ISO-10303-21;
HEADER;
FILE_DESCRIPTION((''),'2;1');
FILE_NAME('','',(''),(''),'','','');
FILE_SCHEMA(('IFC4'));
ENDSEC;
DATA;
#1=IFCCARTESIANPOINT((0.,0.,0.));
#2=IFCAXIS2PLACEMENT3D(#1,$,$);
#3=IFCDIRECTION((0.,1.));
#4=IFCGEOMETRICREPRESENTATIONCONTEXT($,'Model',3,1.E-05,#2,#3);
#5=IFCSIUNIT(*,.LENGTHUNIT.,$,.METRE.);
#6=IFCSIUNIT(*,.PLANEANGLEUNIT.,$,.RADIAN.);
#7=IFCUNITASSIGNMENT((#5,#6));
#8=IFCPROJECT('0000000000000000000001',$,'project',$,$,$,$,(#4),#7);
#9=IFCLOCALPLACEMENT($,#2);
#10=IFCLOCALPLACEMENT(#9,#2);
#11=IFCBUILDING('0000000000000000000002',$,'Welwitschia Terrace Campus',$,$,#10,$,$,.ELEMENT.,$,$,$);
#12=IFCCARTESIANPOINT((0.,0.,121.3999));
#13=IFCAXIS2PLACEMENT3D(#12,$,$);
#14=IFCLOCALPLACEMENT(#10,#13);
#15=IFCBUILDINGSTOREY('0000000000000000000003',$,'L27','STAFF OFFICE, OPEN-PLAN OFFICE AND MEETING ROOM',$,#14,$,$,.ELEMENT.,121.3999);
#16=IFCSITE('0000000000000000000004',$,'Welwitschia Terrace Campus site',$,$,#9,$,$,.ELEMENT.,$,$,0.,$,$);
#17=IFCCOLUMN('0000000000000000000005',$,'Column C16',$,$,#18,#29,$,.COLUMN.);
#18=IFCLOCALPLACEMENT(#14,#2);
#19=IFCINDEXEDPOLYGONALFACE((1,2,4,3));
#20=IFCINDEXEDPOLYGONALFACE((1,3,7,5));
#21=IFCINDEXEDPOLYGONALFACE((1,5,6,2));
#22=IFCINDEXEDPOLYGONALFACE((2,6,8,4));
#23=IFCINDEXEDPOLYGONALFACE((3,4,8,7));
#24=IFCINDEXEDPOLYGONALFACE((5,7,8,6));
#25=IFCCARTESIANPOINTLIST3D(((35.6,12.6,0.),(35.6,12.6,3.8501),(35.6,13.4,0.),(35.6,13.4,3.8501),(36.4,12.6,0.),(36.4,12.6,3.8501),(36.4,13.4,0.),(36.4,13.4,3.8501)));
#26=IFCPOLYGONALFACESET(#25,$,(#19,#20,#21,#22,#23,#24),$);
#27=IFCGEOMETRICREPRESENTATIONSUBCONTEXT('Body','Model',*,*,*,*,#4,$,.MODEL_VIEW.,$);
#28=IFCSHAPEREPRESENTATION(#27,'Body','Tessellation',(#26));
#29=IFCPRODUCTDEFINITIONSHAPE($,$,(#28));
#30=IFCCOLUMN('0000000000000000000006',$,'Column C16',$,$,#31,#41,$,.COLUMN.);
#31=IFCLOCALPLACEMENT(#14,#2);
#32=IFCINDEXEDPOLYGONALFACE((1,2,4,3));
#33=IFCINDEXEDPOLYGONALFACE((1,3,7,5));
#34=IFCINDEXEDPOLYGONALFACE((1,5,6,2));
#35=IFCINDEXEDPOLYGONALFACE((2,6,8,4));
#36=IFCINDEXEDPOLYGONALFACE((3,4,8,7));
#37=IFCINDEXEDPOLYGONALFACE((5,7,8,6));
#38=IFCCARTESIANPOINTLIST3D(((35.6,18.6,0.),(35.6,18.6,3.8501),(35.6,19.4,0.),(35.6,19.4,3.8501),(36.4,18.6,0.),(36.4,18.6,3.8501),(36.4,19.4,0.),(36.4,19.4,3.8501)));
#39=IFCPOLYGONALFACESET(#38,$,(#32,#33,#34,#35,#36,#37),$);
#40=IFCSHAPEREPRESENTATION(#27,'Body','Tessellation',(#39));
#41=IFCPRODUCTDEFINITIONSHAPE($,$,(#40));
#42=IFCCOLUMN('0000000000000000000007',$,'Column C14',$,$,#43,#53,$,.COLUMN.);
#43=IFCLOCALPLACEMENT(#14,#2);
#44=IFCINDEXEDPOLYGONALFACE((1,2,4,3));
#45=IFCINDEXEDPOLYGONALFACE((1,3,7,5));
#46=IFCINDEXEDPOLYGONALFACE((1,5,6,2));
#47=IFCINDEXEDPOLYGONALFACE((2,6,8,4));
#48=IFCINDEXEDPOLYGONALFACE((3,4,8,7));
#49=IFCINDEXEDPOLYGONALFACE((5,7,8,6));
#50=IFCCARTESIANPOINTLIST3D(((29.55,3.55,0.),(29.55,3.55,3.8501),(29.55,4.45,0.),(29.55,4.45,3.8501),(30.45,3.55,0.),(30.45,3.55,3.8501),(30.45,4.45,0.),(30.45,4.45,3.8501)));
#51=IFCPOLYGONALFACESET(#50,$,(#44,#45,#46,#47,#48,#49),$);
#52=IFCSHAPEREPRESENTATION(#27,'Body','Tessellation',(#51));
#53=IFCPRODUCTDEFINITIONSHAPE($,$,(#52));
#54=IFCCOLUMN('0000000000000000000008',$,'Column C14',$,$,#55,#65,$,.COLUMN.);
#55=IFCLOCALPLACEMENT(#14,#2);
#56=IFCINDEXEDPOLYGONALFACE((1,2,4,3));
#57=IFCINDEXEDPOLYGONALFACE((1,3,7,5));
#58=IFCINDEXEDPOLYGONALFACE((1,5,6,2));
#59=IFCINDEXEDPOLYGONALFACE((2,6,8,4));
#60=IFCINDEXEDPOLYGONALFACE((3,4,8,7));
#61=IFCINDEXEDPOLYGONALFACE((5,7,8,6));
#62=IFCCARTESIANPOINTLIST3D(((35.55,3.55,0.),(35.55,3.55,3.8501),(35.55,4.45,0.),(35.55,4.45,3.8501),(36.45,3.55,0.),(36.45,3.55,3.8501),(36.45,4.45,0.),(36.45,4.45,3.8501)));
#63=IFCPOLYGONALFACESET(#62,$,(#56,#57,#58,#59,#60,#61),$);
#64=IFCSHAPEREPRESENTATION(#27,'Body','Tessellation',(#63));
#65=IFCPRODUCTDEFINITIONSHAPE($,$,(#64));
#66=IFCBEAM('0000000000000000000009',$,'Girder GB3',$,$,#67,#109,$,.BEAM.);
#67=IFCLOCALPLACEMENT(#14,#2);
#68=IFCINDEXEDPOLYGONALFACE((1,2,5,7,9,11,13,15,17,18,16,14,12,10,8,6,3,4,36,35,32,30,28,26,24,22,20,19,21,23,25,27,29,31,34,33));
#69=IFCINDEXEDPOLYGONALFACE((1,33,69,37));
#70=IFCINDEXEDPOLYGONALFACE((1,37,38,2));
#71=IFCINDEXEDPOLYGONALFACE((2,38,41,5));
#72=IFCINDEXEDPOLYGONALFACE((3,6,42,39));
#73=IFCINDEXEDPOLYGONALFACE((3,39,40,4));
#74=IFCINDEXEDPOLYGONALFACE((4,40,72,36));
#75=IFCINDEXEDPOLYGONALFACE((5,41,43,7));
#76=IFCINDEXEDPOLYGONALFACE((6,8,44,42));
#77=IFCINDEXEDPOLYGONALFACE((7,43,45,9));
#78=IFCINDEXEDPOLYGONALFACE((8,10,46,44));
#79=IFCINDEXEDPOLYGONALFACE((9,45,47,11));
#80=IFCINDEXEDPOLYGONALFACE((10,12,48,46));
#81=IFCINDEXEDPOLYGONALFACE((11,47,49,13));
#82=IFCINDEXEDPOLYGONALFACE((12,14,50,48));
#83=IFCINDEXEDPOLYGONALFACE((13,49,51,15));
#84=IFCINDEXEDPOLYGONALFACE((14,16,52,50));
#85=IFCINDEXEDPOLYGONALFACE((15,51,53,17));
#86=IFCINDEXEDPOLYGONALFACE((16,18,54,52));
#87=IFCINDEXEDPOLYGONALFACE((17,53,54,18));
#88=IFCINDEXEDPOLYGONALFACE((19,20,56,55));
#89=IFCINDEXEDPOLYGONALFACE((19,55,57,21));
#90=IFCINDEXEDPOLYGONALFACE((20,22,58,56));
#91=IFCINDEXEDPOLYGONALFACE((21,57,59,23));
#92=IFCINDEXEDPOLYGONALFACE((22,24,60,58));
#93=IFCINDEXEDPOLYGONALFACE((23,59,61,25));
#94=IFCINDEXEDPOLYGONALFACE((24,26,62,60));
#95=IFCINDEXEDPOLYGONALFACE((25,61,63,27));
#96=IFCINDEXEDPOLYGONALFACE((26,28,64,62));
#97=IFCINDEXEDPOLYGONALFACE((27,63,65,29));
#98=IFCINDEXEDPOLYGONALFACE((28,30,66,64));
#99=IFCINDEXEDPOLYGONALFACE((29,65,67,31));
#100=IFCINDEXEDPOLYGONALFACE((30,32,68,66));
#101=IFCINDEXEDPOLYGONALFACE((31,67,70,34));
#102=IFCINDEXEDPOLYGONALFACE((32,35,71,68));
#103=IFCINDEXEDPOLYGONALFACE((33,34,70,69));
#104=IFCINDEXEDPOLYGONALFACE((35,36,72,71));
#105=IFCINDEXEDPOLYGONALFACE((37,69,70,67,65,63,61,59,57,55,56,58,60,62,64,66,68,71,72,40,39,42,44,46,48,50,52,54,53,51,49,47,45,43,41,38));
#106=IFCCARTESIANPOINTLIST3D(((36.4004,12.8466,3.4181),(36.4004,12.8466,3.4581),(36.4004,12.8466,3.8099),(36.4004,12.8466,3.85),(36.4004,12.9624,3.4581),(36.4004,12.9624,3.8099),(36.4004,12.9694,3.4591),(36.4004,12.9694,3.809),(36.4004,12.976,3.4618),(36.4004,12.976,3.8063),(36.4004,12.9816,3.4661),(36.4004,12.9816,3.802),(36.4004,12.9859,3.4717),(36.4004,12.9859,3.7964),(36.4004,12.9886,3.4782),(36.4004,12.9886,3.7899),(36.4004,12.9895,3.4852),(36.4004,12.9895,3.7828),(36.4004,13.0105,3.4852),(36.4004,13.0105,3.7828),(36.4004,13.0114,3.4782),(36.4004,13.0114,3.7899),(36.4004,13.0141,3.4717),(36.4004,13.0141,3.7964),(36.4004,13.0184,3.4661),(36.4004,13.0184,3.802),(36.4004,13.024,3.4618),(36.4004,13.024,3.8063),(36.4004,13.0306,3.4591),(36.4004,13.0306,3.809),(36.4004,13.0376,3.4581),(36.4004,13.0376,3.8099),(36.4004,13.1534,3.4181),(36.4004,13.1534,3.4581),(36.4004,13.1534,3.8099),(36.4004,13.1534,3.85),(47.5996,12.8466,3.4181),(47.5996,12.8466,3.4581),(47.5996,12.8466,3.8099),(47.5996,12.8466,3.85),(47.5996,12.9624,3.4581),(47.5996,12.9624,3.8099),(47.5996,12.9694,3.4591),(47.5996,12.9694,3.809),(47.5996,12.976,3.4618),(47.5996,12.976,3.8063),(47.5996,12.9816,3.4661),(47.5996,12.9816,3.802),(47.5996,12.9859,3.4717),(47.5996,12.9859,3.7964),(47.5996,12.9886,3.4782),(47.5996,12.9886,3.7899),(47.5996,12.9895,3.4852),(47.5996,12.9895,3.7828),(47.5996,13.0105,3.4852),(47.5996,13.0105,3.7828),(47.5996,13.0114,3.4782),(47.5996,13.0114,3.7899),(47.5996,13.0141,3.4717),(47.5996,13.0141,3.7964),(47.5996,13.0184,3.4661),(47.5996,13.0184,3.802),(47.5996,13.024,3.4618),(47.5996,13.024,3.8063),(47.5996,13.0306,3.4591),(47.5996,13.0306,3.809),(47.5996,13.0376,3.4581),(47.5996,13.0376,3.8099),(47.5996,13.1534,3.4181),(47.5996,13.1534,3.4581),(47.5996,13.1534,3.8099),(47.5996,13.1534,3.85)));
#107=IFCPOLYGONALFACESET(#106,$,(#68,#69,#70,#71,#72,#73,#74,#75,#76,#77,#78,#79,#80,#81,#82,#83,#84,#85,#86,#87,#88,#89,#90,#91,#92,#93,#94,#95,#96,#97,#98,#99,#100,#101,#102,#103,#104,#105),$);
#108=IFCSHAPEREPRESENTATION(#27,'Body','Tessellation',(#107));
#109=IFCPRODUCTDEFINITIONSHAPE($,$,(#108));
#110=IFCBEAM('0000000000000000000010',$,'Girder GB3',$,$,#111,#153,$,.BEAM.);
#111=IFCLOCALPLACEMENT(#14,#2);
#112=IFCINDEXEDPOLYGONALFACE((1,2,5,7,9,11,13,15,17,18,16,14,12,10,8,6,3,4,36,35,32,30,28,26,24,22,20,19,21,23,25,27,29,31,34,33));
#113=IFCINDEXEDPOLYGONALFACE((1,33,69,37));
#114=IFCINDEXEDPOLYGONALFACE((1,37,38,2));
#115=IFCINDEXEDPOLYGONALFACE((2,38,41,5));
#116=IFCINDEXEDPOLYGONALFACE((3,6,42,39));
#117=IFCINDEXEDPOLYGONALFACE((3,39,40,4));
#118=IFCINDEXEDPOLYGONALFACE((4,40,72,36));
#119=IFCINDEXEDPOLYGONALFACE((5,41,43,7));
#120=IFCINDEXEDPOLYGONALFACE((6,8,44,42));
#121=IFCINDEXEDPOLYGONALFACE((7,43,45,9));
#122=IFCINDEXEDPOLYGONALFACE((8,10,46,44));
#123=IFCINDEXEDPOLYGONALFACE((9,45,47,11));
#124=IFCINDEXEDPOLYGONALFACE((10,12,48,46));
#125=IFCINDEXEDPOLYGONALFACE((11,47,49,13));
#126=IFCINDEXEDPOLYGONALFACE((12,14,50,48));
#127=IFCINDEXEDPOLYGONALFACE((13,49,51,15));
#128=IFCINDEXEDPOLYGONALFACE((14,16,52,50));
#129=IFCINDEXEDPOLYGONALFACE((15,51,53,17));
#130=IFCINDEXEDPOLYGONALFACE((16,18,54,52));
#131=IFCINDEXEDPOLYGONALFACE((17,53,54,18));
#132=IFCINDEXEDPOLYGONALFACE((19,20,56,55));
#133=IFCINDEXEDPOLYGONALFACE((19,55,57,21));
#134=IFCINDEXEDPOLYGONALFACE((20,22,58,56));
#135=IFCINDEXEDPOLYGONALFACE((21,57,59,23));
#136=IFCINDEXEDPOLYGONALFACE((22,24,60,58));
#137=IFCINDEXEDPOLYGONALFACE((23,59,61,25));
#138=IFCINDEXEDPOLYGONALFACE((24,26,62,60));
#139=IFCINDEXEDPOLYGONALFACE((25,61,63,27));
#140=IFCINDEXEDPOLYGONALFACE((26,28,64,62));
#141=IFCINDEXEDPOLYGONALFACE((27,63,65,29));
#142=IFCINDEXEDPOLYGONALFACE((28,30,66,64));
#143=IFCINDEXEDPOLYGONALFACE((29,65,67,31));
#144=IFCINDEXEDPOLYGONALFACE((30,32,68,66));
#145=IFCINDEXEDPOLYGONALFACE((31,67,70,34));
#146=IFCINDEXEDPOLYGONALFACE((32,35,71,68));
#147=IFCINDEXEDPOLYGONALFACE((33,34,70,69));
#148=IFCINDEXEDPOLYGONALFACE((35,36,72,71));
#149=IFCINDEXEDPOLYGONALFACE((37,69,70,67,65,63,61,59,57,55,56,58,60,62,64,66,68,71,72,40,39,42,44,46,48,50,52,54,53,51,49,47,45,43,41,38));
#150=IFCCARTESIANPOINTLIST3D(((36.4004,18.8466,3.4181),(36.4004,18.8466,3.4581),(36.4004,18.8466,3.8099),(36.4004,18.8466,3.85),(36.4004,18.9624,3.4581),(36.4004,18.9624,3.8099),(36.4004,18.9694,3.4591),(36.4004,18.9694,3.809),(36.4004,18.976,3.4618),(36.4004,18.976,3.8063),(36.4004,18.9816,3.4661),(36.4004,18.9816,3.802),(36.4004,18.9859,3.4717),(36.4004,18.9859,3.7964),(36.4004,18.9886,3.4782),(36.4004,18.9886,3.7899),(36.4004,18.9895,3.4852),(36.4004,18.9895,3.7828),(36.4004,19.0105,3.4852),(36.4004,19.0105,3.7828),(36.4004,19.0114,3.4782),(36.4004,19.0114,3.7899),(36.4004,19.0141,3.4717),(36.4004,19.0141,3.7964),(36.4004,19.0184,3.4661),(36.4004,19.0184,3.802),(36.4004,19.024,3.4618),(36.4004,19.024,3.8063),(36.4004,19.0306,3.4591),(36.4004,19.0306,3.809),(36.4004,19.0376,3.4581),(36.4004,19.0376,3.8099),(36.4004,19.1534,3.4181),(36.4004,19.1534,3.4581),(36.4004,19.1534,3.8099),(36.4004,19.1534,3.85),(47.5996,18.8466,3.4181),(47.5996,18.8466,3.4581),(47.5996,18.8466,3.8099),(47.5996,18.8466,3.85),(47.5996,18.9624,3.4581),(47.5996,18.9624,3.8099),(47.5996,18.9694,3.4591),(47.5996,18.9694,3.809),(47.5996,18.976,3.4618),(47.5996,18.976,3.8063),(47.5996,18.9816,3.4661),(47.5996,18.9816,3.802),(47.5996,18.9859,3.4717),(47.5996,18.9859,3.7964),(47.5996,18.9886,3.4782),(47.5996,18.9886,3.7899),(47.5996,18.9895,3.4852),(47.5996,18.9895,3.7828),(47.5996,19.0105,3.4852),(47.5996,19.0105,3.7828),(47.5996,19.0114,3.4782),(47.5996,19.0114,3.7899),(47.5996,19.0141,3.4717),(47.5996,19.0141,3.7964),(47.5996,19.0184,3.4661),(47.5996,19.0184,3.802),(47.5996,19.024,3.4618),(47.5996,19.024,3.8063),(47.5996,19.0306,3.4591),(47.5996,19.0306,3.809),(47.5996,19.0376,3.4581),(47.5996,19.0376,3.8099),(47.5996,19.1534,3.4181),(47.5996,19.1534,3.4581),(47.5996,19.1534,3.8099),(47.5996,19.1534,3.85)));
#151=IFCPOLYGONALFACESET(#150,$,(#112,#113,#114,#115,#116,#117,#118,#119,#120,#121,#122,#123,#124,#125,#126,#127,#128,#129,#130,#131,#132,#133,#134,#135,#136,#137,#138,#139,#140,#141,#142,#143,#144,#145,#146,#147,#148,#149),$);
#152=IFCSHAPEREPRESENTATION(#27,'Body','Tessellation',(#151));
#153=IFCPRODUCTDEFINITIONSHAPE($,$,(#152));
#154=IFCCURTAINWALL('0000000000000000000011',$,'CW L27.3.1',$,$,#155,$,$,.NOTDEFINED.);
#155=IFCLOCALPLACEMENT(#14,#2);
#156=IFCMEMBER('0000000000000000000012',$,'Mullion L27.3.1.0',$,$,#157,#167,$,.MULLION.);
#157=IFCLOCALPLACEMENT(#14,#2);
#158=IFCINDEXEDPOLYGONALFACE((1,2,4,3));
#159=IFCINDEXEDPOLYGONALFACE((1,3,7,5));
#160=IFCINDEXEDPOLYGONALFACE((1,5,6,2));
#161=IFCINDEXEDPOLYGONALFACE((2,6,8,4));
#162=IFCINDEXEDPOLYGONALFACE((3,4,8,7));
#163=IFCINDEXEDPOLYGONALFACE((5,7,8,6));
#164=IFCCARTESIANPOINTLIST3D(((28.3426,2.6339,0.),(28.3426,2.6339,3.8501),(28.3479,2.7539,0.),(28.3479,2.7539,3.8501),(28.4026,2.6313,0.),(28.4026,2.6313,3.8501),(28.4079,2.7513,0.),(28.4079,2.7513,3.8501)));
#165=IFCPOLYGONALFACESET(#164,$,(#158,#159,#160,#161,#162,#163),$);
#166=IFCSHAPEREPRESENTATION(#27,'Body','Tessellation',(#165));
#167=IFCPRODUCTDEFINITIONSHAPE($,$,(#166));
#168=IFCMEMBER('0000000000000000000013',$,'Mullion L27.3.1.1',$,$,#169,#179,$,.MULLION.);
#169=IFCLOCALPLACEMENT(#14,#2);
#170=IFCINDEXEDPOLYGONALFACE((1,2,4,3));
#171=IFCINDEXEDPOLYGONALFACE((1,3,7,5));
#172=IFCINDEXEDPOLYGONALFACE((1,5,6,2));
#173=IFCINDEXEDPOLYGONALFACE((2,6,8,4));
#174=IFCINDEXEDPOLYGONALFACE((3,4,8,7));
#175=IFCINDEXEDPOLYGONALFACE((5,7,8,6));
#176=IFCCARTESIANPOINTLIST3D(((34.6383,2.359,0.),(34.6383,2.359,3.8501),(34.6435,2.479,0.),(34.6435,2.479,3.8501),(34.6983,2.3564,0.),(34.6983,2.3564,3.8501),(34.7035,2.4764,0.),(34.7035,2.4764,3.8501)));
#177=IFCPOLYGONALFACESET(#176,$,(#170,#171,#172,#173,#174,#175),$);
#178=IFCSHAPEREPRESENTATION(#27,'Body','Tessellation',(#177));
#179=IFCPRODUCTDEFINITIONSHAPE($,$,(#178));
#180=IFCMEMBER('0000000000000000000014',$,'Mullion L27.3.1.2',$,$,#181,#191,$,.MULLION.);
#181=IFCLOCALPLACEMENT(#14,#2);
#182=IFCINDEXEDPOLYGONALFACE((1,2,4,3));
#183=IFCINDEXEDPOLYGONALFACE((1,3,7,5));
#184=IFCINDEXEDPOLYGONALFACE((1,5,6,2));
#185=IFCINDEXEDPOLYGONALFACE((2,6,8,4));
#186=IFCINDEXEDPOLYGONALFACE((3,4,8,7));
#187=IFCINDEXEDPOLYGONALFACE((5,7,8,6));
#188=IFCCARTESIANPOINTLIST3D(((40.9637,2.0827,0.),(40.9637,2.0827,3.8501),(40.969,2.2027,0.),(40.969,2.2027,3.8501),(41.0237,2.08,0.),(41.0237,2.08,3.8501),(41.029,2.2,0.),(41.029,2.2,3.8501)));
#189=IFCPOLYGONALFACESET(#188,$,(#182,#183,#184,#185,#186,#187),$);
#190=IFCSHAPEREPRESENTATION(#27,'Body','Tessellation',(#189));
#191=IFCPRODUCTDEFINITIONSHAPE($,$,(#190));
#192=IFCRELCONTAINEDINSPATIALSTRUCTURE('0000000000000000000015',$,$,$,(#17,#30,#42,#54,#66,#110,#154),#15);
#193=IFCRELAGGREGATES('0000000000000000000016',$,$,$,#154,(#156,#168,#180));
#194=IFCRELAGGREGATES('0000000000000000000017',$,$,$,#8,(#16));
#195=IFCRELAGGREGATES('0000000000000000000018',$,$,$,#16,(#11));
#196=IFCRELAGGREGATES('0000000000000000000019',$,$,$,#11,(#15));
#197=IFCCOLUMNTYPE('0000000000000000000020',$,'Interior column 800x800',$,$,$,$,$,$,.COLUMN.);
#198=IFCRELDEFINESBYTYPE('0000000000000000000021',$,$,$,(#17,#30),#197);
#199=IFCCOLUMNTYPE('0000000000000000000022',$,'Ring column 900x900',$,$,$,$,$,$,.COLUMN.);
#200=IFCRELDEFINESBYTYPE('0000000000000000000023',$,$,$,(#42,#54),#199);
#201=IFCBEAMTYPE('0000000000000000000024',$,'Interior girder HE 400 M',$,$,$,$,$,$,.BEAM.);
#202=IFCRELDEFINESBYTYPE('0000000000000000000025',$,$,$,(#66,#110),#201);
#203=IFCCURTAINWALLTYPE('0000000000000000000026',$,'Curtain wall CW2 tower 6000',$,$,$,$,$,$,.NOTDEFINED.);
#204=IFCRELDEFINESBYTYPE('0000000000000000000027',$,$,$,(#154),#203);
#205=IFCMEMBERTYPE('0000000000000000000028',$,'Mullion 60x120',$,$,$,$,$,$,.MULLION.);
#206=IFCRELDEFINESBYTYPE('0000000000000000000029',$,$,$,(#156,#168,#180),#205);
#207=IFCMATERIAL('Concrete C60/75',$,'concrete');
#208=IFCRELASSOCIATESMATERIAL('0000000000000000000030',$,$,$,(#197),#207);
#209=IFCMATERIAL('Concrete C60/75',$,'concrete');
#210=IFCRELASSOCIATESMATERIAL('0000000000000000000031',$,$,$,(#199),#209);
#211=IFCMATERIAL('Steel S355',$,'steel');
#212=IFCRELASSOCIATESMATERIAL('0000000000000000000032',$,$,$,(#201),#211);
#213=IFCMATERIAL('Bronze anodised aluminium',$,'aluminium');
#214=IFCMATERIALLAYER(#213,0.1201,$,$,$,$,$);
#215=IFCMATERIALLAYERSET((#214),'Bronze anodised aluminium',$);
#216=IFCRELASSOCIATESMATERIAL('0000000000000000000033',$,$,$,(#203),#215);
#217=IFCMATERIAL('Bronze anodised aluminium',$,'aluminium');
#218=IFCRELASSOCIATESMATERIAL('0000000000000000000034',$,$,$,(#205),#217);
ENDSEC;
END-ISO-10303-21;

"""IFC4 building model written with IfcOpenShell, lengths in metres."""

from ifc_helpers import new_model, si_unit, direction, frame, origin, origin_2d, place, context, subcontext, project, spatial, rectangle, i_section, extrude, material, layer, layer_set, material_profile, profile_set, type_object, element, aggregate, save


model = new_model("IFC4")

# Units and contexts
model_context = context("Model", 3, precision=1e-05, world=origin(), true_north=direction((0.0, 1.0)))
body_context = subcontext(model_context, "Body", "Model", "MODEL_VIEW")
ifc_project = project(units=[si_unit("LENGTHUNIT", "METRE"), si_unit("PLANEANGLEUNIT", "RADIAN")], contexts=[model_context])

# Site, building, storey
site_placement = place(None, origin())
site = spatial("IfcSite", under=ifc_project, at=site_placement, Name="Welwitschia Terrace Campus site", CompositionType="ELEMENT", RefElevation=0.0)
building_placement = place(site_placement, origin())
building = spatial("IfcBuilding", under=site, at=building_placement, Name="Welwitschia Terrace Campus", CompositionType="ELEMENT")
storey_placement = place(building_placement, frame((0.0, 0.0, 121.3999)))
storey = spatial("IfcBuildingStorey", under=building, at=storey_placement, Name="L27", Description="STAFF OFFICE, OPEN-PLAN OFFICE AND MEETING ROOM", CompositionType="ELEMENT", Elevation=121.3999)

# Columns
ifc_material_1 = material(Name="Concrete C60/75", Category="concrete")
ifc_material_profile_1 = material_profile(ifc_material_1, rectangle(XDim=0.8, YDim=0.8, at=origin_2d()))
ifc_profile_set_1 = profile_set([ifc_material_profile_1], Name="Concrete C60/75")
column_type_1 = type_object("IfcColumnType", Name="Interior column 800x800", PredefinedType="COLUMN", material=ifc_profile_set_1)
for number, where, z_axis, x_axis, name in (
    (1, (36.0, 13.0, 0.0), (0.0, 0.0, 1.0), (1.0, 0.0, 0.0), "Column C16"),
    (2, (36.0, 19.0, 0.0), (0.0, 0.0, 1.0), (1.0, 0.0, 0.0), "Column C16"),
):
    element("IfcColumn", number, at=place(storey_placement, frame(where, z_axis=z_axis, x_axis=x_axis)), inside=storey, type_object=column_type_1, Name=name, PredefinedType="COLUMN", context=body_context, shape_type="SweptSolid", body=[
        extrude(rectangle(XDim=0.8, YDim=0.8, at=origin_2d()), origin(), (0.0, 0.0, 1.0), 3.8501),
    ])
ifc_material_2 = material(Name="Concrete C60/75", Category="concrete")
ifc_material_profile_2 = material_profile(ifc_material_2, rectangle(XDim=0.8999, YDim=0.8999, at=origin_2d()))
ifc_profile_set_2 = profile_set([ifc_material_profile_2], Name="Concrete C60/75")
column_type_2 = type_object("IfcColumnType", Name="Ring column 900x900", PredefinedType="COLUMN", material=ifc_profile_set_2)
for number, where, z_axis, x_axis, name in (
    (3, (30.0, 4.0, 0.0), (0.0, 0.0, 1.0), (1.0, 0.0, 0.0), "Column C14"),
    (4, (36.0, 4.0, 0.0), (0.0, 0.0, 1.0), (1.0, 0.0, 0.0), "Column C14"),
):
    element("IfcColumn", number, at=place(storey_placement, frame(where, z_axis=z_axis, x_axis=x_axis)), inside=storey, type_object=column_type_2, Name=name, PredefinedType="COLUMN", context=body_context, shape_type="SweptSolid", body=[
        extrude(rectangle(XDim=0.8999, YDim=0.8999, at=origin_2d()), origin(), (0.0, 0.0, 1.0), 3.8501),
    ])

# Beams
ifc_material_3 = material(Name="Steel S355", Category="steel")
ifc_material_profile_3 = material_profile(ifc_material_3, i_section(OverallWidth=0.3069, OverallDepth=0.4319, WebThickness=0.021, FlangeThickness=0.04, FilletRadius=0.0271, at=origin_2d()))
ifc_profile_set_3 = profile_set([ifc_material_profile_3], Name="Steel S355")
beam_type_1 = type_object("IfcBeamType", Name="Interior girder HE 400 M", PredefinedType="BEAM", material=ifc_profile_set_3)
for number, where, z_axis, x_axis, name in (
    (5, (36.4004, 13.0, 3.634), (1.0, 0.0, 0.0), (0.0, 1.0, 0.0), "Girder GB3"),
    (6, (36.4004, 19.0, 3.634), (1.0, 0.0, 0.0), (0.0, 1.0, 0.0), "Girder GB3"),
):
    element("IfcBeam", number, at=place(storey_placement, frame(where, z_axis=z_axis, x_axis=x_axis)), inside=storey, type_object=beam_type_1, Name=name, PredefinedType="BEAM", context=body_context, shape_type="SweptSolid", body=[
        extrude(i_section(OverallWidth=0.3069, OverallDepth=0.4319, WebThickness=0.021, FlangeThickness=0.04, FilletRadius=0.0271, at=origin_2d()), origin(), (0.0, 0.0, 1.0), 11.1992),
    ])

# Curtain wall, members
ifc_material_4 = material(Name="Bronze anodised aluminium", Category="aluminium")
ifc_layer_1 = layer(ifc_material_4, 0.1201)
ifc_layer_set_1 = layer_set([ifc_layer_1], Name="Bronze anodised aluminium")
curtain_wall_type = type_object("IfcCurtainWallType", Name="Curtain wall CW2 tower 6000", PredefinedType="NOTDEFINED", material=ifc_layer_set_1)
curtain_wall_placement = place(storey_placement, origin())
curtain_wall = element("IfcCurtainWall", 7, at=curtain_wall_placement, inside=storey, type_object=curtain_wall_type, Name="CW L27.3.1", PredefinedType="NOTDEFINED")
ifc_material_5 = material(Name="Bronze anodised aluminium", Category="aluminium")
ifc_material_profile_4 = material_profile(ifc_material_5, rectangle(XDim=0.1201, YDim=0.0601, at=origin_2d()))
ifc_profile_set_4 = profile_set([ifc_material_profile_4], Name="Bronze anodised aluminium")
member_type_1 = type_object("IfcMemberType", Name="Mullion 60x120", PredefinedType="MULLION", material=ifc_profile_set_4)
member_1_placement = place(storey_placement, frame((28.3752, 2.6926, 0.0), z_axis=(0.0, 0.0, 1.0), x_axis=(0.043619, 0.999048, 0.0)))
member_1 = element("IfcMember", 8, at=member_1_placement, type_object=member_type_1, Name="Mullion L27.3.1.0", PredefinedType="MULLION", context=body_context, shape_type="SweptSolid", body=[
    extrude(rectangle(XDim=0.1201, YDim=0.0601, at=origin_2d()), origin(), (0.0, 0.0, 1.0), 3.8501),
])
member_2_placement = place(storey_placement, frame((34.6709, 2.4177, 0.0), z_axis=(0.0, 0.0, 1.0), x_axis=(0.043619, 0.999048, 0.0)))
member_2 = element("IfcMember", 9, at=member_2_placement, type_object=member_type_1, Name="Mullion L27.3.1.1", PredefinedType="MULLION", context=body_context, shape_type="SweptSolid", body=[
    extrude(rectangle(XDim=0.1201, YDim=0.0601, at=origin_2d()), origin(), (0.0, 0.0, 1.0), 3.8501),
])
member_3_placement = place(storey_placement, frame((40.9963, 2.1414, 0.0), z_axis=(0.0, 0.0, 1.0), x_axis=(0.043619, 0.999048, 0.0)))
member_3 = element("IfcMember", 10, at=member_3_placement, type_object=member_type_1, Name="Mullion L27.3.1.2", PredefinedType="MULLION", context=body_context, shape_type="SweptSolid", body=[
    extrude(rectangle(XDim=0.1201, YDim=0.0601, at=origin_2d()), origin(), (0.0, 0.0, 1.0), 3.8501),
])

aggregate(curtain_wall, [member_1, member_2, member_3])

save(model, "model.ifc")
